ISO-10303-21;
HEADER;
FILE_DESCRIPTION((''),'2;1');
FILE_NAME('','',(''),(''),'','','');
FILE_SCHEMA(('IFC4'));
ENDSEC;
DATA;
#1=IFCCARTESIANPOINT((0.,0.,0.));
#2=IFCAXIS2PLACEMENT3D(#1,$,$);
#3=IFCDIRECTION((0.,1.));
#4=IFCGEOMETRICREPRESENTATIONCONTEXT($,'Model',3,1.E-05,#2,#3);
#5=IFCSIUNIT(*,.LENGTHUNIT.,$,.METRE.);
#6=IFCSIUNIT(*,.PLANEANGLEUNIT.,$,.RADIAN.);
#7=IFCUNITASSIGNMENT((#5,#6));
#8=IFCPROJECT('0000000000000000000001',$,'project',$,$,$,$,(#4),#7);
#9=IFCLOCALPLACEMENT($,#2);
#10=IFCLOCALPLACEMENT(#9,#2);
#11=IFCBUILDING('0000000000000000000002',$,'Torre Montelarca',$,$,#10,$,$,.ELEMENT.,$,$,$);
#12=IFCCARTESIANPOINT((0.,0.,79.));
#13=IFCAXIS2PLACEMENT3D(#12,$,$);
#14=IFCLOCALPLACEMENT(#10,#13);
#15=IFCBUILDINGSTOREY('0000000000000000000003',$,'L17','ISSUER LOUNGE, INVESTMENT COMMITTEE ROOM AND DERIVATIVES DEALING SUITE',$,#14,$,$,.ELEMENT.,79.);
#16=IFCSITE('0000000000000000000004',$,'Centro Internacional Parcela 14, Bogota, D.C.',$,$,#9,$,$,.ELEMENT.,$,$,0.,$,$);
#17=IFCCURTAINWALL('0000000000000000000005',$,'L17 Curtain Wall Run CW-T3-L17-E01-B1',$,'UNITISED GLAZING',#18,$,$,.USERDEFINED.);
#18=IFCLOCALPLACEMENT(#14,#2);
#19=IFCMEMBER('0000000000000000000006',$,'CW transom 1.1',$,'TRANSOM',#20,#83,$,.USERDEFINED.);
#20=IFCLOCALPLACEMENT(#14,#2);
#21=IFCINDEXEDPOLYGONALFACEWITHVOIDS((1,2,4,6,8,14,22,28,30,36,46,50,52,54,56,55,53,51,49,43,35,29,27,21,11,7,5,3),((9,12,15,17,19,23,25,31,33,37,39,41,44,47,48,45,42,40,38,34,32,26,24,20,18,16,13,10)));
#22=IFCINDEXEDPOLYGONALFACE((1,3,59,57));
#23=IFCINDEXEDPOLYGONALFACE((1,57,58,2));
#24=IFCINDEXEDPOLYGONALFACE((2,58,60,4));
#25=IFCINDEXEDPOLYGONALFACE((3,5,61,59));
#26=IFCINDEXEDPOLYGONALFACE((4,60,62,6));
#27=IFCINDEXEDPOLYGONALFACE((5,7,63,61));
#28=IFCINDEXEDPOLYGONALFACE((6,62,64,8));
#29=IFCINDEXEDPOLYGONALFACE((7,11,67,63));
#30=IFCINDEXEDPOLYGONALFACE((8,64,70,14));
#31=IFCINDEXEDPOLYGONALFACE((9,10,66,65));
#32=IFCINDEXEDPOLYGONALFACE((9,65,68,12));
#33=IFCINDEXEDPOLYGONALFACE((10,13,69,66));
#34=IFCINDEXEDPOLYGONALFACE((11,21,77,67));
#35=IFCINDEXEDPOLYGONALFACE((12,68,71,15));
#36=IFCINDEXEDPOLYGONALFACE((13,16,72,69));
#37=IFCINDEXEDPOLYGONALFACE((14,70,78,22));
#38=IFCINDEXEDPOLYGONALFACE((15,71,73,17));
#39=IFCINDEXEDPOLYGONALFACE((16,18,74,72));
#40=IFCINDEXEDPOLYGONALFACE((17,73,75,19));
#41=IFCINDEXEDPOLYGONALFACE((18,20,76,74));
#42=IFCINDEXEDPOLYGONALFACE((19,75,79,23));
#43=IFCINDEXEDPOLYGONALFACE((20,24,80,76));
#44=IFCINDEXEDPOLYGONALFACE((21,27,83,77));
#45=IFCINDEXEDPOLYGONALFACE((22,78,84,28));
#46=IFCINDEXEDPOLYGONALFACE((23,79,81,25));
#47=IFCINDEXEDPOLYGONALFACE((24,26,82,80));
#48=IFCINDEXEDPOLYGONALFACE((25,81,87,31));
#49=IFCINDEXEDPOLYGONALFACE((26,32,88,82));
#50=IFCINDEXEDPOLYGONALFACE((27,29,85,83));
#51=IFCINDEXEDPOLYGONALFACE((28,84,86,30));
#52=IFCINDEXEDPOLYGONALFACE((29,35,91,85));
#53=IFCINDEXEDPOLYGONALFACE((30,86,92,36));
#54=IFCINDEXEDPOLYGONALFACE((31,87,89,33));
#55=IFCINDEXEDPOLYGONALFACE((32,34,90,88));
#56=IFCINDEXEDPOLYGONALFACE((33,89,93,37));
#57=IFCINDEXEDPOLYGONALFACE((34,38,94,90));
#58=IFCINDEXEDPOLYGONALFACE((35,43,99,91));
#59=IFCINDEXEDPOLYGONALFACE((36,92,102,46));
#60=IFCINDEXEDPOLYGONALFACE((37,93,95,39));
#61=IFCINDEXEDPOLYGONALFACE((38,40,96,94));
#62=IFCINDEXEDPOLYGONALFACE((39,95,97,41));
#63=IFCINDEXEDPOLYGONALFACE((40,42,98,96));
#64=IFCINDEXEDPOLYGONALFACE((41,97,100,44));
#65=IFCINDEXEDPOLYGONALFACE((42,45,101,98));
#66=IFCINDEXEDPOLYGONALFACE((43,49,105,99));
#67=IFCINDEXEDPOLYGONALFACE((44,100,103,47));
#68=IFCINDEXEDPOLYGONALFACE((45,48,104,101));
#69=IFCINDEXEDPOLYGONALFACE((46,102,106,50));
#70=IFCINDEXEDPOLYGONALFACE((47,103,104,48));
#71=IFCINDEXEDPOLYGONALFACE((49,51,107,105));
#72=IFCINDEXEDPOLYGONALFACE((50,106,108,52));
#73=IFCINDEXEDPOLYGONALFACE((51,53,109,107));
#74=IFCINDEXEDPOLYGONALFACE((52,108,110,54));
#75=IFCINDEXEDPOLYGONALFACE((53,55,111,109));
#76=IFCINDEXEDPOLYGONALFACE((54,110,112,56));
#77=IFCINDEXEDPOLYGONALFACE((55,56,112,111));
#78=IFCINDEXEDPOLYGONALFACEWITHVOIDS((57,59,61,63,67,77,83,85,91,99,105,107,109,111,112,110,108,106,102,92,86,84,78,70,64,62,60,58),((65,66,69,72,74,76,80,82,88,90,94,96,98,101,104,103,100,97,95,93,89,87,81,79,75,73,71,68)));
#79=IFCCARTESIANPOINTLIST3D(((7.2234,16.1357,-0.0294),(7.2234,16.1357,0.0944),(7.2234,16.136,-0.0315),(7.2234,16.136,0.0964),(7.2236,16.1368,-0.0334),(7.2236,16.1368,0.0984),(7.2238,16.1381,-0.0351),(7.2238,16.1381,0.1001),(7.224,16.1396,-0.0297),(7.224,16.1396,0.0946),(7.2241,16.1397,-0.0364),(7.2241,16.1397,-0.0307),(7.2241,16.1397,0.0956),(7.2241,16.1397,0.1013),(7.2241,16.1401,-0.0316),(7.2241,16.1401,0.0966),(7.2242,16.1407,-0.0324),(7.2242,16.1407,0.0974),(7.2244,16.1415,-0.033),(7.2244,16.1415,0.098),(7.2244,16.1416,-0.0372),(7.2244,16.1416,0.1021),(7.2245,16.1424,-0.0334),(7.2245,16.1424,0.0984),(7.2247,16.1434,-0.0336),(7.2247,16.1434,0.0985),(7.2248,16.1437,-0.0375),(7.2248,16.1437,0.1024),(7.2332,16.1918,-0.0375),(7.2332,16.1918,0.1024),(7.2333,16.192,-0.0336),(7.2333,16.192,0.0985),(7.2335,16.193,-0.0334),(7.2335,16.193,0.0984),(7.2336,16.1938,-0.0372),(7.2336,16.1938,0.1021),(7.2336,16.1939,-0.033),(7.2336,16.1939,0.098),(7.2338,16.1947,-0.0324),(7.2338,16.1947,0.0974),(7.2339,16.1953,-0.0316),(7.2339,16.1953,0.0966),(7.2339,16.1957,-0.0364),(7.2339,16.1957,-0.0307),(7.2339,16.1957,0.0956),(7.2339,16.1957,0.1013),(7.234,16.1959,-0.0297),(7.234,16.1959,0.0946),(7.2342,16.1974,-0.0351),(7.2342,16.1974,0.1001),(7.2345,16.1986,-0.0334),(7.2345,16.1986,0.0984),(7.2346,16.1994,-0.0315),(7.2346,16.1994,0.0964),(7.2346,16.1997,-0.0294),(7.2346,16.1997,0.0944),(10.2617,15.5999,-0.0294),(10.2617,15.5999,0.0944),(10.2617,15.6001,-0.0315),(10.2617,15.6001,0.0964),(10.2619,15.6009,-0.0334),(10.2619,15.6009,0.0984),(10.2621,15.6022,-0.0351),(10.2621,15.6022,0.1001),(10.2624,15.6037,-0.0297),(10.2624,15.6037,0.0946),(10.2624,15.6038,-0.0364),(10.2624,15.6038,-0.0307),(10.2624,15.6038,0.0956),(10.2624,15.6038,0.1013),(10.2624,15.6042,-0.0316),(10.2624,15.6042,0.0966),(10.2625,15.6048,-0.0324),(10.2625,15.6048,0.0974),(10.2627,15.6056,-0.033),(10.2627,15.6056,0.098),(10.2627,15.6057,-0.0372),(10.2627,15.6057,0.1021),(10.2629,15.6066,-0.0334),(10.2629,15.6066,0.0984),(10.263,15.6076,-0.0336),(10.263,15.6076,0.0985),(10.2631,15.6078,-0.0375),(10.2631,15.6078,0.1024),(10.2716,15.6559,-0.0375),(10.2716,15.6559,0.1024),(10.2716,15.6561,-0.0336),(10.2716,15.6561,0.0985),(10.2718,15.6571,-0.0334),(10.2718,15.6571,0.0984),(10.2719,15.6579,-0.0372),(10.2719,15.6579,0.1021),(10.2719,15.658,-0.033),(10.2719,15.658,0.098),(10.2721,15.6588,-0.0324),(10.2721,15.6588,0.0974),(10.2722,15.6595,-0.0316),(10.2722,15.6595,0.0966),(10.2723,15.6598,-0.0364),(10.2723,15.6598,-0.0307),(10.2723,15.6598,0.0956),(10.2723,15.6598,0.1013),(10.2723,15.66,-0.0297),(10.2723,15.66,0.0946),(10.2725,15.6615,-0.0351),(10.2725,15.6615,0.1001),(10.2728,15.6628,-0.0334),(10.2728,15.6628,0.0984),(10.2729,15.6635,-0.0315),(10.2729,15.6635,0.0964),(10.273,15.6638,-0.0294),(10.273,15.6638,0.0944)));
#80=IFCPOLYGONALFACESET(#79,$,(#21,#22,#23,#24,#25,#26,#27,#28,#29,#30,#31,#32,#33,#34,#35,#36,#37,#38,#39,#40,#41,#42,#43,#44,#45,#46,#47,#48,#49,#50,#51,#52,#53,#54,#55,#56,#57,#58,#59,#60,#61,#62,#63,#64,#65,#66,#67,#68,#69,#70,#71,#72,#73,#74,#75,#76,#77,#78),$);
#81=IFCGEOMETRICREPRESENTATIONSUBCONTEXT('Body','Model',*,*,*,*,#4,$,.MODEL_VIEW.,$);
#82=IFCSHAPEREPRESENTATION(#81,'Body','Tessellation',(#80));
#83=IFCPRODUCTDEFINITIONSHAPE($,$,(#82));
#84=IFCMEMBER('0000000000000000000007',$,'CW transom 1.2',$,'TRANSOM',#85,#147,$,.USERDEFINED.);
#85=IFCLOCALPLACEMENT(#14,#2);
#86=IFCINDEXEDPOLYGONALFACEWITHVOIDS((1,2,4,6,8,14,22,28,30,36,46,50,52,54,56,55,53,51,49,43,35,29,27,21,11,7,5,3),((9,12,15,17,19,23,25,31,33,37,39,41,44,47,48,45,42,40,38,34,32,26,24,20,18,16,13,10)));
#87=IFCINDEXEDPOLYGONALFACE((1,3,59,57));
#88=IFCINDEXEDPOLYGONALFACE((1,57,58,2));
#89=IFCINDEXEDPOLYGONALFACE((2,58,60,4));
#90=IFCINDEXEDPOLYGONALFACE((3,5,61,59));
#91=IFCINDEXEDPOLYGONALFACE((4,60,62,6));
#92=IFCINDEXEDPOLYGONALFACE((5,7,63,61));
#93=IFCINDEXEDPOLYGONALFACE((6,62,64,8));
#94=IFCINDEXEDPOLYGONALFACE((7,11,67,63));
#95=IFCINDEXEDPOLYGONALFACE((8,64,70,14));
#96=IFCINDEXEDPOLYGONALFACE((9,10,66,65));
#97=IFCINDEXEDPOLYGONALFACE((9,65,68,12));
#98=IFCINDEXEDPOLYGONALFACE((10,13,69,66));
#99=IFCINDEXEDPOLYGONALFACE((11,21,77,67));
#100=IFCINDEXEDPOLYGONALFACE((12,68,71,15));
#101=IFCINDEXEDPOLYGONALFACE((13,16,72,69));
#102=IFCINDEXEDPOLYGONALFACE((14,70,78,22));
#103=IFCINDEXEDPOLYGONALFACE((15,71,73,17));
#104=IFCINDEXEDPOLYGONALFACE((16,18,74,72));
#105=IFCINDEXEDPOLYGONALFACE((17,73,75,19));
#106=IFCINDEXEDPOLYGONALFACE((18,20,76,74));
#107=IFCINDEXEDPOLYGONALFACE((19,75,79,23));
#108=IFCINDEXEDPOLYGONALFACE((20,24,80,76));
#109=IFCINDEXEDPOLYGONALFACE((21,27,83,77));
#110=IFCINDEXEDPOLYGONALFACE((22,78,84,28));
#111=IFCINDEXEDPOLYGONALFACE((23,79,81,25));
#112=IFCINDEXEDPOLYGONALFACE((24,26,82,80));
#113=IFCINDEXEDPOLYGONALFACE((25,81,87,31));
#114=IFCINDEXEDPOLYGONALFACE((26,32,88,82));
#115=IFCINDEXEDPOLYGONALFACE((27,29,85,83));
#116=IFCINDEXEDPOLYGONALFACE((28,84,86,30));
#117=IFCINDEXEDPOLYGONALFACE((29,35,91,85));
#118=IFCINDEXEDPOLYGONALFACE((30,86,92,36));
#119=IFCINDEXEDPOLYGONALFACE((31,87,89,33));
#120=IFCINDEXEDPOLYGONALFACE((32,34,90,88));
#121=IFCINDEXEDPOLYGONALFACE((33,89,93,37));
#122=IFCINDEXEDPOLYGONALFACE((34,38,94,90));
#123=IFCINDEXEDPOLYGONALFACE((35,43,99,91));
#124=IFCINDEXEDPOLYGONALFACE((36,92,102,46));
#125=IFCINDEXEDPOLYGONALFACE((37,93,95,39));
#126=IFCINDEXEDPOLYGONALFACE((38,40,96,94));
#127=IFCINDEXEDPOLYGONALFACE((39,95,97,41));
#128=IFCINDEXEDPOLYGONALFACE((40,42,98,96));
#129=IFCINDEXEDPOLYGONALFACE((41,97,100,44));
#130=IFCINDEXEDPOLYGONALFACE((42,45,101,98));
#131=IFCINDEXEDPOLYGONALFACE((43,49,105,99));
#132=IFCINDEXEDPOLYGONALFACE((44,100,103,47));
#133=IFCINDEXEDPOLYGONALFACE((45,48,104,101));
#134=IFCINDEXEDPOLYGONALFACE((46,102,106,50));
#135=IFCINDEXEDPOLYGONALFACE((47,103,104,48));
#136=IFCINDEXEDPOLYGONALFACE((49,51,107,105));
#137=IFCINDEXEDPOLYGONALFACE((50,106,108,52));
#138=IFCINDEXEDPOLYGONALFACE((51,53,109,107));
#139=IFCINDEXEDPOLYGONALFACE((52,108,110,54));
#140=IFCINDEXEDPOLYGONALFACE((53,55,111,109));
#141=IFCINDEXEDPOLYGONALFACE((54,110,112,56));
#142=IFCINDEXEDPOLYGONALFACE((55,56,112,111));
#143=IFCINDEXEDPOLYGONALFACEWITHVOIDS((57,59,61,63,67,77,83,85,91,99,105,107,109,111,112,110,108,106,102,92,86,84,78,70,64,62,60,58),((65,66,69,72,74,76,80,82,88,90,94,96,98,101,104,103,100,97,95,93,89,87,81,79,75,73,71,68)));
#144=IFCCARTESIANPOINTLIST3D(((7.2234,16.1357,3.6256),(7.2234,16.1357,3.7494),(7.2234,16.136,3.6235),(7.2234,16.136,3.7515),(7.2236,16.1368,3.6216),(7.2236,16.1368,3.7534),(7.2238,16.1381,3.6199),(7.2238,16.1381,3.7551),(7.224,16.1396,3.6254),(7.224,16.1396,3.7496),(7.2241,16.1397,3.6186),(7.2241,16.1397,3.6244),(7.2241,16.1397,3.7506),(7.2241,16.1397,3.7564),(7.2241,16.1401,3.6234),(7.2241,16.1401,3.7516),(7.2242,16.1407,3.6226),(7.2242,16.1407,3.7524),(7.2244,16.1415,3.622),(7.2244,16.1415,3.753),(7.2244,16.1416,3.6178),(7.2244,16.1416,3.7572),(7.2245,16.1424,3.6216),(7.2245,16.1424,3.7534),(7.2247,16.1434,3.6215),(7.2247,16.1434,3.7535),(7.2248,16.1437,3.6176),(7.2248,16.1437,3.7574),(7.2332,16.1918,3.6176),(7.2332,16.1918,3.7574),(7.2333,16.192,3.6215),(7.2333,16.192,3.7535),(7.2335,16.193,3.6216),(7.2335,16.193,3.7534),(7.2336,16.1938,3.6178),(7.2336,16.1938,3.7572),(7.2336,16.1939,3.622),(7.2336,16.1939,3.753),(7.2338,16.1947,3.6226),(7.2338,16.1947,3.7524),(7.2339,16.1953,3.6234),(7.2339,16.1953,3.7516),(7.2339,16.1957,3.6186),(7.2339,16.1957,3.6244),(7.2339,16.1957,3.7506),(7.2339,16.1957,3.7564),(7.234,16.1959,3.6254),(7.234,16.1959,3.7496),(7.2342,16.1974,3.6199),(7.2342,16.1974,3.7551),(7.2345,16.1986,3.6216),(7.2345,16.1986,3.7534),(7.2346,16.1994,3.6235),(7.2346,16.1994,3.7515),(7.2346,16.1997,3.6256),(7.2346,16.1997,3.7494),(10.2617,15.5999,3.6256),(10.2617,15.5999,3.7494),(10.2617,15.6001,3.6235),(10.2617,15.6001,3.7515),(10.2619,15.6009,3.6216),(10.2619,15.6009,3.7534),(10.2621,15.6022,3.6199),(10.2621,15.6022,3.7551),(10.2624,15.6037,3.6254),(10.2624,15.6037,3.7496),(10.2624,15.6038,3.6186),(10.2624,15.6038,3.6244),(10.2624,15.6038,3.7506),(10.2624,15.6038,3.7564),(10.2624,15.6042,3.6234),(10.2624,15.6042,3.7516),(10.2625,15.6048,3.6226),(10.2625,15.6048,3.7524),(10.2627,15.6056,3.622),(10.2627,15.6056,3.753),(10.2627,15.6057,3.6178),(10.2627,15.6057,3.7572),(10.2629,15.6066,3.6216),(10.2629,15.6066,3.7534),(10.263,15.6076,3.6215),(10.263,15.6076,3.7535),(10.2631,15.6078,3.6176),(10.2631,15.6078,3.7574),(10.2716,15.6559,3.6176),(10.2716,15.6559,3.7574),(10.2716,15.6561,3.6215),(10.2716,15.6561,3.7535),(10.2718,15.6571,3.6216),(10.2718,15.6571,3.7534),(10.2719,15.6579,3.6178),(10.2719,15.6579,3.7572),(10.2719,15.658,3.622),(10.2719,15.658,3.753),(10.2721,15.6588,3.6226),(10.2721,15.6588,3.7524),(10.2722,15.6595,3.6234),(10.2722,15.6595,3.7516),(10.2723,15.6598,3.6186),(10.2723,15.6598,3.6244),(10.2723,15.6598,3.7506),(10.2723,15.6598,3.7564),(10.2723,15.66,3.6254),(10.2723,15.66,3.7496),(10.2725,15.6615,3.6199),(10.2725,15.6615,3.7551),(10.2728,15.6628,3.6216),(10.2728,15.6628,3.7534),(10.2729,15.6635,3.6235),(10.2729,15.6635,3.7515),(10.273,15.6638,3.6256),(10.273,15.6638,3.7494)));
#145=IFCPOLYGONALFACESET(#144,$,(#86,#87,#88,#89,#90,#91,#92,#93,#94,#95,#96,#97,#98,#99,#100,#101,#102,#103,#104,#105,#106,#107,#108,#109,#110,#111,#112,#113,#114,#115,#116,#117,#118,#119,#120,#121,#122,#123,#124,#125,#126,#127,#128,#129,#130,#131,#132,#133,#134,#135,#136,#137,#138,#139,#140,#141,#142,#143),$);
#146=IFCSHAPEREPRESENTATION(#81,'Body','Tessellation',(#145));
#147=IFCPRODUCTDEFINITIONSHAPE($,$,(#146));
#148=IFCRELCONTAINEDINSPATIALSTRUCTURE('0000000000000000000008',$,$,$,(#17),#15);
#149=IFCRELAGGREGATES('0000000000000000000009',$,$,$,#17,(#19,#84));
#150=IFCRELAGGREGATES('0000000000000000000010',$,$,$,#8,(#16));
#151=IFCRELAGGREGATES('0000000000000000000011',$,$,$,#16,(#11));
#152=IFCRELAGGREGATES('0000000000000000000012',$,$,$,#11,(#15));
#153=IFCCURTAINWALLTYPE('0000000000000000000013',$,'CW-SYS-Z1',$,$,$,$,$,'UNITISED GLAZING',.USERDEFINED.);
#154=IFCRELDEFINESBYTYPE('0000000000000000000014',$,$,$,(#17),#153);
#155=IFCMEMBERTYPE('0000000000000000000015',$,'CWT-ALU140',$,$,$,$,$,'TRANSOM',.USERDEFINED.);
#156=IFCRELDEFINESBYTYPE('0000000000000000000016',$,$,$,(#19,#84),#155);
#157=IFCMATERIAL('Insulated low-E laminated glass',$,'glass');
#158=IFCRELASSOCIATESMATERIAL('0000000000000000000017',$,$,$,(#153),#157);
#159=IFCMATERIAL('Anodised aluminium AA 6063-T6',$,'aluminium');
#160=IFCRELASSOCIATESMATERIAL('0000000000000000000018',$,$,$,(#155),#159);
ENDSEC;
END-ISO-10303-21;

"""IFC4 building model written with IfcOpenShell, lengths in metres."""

from ifc_helpers import new_model, si_unit, direction, frame, origin, origin_2d, place, context, subcontext, project, spatial, hollow_rectangle, extrude, source, transform, mapped, material, material_profile, profile_set, type_object, element, aggregate, save


model = new_model("IFC4")

# Units and contexts
model_context = context("Model", 3, precision=1e-05, world=origin(), true_north=direction((0.0, 1.0)))
body_context = subcontext(model_context, "Body", "Model", "MODEL_VIEW")
ifc_project = project(units=[si_unit("LENGTHUNIT", "METRE"), si_unit("PLANEANGLEUNIT", "RADIAN")], contexts=[model_context])

# Site, building, storey
site_placement = place(None, origin())
site = spatial("IfcSite", under=ifc_project, at=site_placement, Name="Centro Internacional Parcela 14, Bogota, D.C.", CompositionType="ELEMENT", RefElevation=0.0)
building_placement = place(site_placement, origin())
building = spatial("IfcBuilding", under=site, at=building_placement, Name="Torre Montelarca", CompositionType="ELEMENT")
storey_placement = place(building_placement, frame((0.0, 0.0, 79.0)))
storey = spatial("IfcBuildingStorey", under=building, at=storey_placement, Name="L17", Description="ISSUER LOUNGE, INVESTMENT COMMITTEE ROOM AND DERIVATIVES DEALING SUITE", CompositionType="ELEMENT", Elevation=79.0)

# Curtain wall, members
ifc_material_1 = material(Name="Insulated low-E laminated glass", Category="glass")
curtain_wall_type = type_object("IfcCurtainWallType", Name="CW-SYS-Z1", ElementType="UNITISED GLAZING", PredefinedType="USERDEFINED", material=ifc_material_1)
curtain_wall_1_placement = place(storey_placement, origin())
curtain_wall_1 = element("IfcCurtainWall", 1, at=curtain_wall_1_placement, inside=storey, type_object=curtain_wall_type, Name="L17 Curtain Wall Run CW-T3-L17-E01-B1", ObjectType="UNITISED GLAZING", PredefinedType="USERDEFINED")
ifc_material_2 = material(Name="Anodised aluminium AA 6063-T6", Category="aluminium")
ifc_material_profile_1 = material_profile(ifc_material_2, hollow_rectangle(XDim=0.0649, YDim=0.1399, WallThickness=0.0039, InnerFilletRadius=0.0039, OuterFilletRadius=0.0081, at=origin_2d()), Name="ALU65X140X4", Category="aluminium")
ifc_profile_set_1 = profile_set([ifc_material_profile_1], Name="Anodised aluminium AA 6063-T6")
member_type_1 = type_object("IfcMemberType", Name="CWT-ALU140", ElementType="TRANSOM", PredefinedType="USERDEFINED", material=ifc_profile_set_1)
shared_shape_1 = source(origin(), body_context, "Body", "SweptSolid", [
    extrude(hollow_rectangle(XDim=0.0649, YDim=0.1399, WallThickness=0.0039, InnerFilletRadius=0.0039, OuterFilletRadius=0.0081, at=origin_2d()), origin(), (0.0, 0.0, 1.0), 3.0852),
])
member_1_placement = place(storey_placement, frame((7.229, 16.1677, 0.0325), z_axis=(0.984799, -0.173695, 0.0), x_axis=(0.173695, 0.984799, 0.0)))
member_1 = element("IfcMember", 2, at=member_1_placement, type_object=member_type_1, Name="CW transom 1.1", ObjectType="TRANSOM", PredefinedType="USERDEFINED", context=body_context, shape_type="MappedRepresentation", body=[
    mapped(shared_shape_1, transform((0.0, 0.0, 0.0), scale=1.0)),
])
member_2_placement = place(storey_placement, frame((7.229, 16.1677, 3.6875), z_axis=(0.984799, -0.173695, 0.0), x_axis=(0.173695, 0.984799, 0.0)))
member_2 = element("IfcMember", 3, at=member_2_placement, type_object=member_type_1, Name="CW transom 1.2", ObjectType="TRANSOM", PredefinedType="USERDEFINED", context=body_context, shape_type="MappedRepresentation", body=[
    mapped(shared_shape_1, transform((0.0, 0.0, 0.0), scale=1.0)),
])

aggregate(curtain_wall_1, [member_1, member_2])

save(model, "model.ifc")
